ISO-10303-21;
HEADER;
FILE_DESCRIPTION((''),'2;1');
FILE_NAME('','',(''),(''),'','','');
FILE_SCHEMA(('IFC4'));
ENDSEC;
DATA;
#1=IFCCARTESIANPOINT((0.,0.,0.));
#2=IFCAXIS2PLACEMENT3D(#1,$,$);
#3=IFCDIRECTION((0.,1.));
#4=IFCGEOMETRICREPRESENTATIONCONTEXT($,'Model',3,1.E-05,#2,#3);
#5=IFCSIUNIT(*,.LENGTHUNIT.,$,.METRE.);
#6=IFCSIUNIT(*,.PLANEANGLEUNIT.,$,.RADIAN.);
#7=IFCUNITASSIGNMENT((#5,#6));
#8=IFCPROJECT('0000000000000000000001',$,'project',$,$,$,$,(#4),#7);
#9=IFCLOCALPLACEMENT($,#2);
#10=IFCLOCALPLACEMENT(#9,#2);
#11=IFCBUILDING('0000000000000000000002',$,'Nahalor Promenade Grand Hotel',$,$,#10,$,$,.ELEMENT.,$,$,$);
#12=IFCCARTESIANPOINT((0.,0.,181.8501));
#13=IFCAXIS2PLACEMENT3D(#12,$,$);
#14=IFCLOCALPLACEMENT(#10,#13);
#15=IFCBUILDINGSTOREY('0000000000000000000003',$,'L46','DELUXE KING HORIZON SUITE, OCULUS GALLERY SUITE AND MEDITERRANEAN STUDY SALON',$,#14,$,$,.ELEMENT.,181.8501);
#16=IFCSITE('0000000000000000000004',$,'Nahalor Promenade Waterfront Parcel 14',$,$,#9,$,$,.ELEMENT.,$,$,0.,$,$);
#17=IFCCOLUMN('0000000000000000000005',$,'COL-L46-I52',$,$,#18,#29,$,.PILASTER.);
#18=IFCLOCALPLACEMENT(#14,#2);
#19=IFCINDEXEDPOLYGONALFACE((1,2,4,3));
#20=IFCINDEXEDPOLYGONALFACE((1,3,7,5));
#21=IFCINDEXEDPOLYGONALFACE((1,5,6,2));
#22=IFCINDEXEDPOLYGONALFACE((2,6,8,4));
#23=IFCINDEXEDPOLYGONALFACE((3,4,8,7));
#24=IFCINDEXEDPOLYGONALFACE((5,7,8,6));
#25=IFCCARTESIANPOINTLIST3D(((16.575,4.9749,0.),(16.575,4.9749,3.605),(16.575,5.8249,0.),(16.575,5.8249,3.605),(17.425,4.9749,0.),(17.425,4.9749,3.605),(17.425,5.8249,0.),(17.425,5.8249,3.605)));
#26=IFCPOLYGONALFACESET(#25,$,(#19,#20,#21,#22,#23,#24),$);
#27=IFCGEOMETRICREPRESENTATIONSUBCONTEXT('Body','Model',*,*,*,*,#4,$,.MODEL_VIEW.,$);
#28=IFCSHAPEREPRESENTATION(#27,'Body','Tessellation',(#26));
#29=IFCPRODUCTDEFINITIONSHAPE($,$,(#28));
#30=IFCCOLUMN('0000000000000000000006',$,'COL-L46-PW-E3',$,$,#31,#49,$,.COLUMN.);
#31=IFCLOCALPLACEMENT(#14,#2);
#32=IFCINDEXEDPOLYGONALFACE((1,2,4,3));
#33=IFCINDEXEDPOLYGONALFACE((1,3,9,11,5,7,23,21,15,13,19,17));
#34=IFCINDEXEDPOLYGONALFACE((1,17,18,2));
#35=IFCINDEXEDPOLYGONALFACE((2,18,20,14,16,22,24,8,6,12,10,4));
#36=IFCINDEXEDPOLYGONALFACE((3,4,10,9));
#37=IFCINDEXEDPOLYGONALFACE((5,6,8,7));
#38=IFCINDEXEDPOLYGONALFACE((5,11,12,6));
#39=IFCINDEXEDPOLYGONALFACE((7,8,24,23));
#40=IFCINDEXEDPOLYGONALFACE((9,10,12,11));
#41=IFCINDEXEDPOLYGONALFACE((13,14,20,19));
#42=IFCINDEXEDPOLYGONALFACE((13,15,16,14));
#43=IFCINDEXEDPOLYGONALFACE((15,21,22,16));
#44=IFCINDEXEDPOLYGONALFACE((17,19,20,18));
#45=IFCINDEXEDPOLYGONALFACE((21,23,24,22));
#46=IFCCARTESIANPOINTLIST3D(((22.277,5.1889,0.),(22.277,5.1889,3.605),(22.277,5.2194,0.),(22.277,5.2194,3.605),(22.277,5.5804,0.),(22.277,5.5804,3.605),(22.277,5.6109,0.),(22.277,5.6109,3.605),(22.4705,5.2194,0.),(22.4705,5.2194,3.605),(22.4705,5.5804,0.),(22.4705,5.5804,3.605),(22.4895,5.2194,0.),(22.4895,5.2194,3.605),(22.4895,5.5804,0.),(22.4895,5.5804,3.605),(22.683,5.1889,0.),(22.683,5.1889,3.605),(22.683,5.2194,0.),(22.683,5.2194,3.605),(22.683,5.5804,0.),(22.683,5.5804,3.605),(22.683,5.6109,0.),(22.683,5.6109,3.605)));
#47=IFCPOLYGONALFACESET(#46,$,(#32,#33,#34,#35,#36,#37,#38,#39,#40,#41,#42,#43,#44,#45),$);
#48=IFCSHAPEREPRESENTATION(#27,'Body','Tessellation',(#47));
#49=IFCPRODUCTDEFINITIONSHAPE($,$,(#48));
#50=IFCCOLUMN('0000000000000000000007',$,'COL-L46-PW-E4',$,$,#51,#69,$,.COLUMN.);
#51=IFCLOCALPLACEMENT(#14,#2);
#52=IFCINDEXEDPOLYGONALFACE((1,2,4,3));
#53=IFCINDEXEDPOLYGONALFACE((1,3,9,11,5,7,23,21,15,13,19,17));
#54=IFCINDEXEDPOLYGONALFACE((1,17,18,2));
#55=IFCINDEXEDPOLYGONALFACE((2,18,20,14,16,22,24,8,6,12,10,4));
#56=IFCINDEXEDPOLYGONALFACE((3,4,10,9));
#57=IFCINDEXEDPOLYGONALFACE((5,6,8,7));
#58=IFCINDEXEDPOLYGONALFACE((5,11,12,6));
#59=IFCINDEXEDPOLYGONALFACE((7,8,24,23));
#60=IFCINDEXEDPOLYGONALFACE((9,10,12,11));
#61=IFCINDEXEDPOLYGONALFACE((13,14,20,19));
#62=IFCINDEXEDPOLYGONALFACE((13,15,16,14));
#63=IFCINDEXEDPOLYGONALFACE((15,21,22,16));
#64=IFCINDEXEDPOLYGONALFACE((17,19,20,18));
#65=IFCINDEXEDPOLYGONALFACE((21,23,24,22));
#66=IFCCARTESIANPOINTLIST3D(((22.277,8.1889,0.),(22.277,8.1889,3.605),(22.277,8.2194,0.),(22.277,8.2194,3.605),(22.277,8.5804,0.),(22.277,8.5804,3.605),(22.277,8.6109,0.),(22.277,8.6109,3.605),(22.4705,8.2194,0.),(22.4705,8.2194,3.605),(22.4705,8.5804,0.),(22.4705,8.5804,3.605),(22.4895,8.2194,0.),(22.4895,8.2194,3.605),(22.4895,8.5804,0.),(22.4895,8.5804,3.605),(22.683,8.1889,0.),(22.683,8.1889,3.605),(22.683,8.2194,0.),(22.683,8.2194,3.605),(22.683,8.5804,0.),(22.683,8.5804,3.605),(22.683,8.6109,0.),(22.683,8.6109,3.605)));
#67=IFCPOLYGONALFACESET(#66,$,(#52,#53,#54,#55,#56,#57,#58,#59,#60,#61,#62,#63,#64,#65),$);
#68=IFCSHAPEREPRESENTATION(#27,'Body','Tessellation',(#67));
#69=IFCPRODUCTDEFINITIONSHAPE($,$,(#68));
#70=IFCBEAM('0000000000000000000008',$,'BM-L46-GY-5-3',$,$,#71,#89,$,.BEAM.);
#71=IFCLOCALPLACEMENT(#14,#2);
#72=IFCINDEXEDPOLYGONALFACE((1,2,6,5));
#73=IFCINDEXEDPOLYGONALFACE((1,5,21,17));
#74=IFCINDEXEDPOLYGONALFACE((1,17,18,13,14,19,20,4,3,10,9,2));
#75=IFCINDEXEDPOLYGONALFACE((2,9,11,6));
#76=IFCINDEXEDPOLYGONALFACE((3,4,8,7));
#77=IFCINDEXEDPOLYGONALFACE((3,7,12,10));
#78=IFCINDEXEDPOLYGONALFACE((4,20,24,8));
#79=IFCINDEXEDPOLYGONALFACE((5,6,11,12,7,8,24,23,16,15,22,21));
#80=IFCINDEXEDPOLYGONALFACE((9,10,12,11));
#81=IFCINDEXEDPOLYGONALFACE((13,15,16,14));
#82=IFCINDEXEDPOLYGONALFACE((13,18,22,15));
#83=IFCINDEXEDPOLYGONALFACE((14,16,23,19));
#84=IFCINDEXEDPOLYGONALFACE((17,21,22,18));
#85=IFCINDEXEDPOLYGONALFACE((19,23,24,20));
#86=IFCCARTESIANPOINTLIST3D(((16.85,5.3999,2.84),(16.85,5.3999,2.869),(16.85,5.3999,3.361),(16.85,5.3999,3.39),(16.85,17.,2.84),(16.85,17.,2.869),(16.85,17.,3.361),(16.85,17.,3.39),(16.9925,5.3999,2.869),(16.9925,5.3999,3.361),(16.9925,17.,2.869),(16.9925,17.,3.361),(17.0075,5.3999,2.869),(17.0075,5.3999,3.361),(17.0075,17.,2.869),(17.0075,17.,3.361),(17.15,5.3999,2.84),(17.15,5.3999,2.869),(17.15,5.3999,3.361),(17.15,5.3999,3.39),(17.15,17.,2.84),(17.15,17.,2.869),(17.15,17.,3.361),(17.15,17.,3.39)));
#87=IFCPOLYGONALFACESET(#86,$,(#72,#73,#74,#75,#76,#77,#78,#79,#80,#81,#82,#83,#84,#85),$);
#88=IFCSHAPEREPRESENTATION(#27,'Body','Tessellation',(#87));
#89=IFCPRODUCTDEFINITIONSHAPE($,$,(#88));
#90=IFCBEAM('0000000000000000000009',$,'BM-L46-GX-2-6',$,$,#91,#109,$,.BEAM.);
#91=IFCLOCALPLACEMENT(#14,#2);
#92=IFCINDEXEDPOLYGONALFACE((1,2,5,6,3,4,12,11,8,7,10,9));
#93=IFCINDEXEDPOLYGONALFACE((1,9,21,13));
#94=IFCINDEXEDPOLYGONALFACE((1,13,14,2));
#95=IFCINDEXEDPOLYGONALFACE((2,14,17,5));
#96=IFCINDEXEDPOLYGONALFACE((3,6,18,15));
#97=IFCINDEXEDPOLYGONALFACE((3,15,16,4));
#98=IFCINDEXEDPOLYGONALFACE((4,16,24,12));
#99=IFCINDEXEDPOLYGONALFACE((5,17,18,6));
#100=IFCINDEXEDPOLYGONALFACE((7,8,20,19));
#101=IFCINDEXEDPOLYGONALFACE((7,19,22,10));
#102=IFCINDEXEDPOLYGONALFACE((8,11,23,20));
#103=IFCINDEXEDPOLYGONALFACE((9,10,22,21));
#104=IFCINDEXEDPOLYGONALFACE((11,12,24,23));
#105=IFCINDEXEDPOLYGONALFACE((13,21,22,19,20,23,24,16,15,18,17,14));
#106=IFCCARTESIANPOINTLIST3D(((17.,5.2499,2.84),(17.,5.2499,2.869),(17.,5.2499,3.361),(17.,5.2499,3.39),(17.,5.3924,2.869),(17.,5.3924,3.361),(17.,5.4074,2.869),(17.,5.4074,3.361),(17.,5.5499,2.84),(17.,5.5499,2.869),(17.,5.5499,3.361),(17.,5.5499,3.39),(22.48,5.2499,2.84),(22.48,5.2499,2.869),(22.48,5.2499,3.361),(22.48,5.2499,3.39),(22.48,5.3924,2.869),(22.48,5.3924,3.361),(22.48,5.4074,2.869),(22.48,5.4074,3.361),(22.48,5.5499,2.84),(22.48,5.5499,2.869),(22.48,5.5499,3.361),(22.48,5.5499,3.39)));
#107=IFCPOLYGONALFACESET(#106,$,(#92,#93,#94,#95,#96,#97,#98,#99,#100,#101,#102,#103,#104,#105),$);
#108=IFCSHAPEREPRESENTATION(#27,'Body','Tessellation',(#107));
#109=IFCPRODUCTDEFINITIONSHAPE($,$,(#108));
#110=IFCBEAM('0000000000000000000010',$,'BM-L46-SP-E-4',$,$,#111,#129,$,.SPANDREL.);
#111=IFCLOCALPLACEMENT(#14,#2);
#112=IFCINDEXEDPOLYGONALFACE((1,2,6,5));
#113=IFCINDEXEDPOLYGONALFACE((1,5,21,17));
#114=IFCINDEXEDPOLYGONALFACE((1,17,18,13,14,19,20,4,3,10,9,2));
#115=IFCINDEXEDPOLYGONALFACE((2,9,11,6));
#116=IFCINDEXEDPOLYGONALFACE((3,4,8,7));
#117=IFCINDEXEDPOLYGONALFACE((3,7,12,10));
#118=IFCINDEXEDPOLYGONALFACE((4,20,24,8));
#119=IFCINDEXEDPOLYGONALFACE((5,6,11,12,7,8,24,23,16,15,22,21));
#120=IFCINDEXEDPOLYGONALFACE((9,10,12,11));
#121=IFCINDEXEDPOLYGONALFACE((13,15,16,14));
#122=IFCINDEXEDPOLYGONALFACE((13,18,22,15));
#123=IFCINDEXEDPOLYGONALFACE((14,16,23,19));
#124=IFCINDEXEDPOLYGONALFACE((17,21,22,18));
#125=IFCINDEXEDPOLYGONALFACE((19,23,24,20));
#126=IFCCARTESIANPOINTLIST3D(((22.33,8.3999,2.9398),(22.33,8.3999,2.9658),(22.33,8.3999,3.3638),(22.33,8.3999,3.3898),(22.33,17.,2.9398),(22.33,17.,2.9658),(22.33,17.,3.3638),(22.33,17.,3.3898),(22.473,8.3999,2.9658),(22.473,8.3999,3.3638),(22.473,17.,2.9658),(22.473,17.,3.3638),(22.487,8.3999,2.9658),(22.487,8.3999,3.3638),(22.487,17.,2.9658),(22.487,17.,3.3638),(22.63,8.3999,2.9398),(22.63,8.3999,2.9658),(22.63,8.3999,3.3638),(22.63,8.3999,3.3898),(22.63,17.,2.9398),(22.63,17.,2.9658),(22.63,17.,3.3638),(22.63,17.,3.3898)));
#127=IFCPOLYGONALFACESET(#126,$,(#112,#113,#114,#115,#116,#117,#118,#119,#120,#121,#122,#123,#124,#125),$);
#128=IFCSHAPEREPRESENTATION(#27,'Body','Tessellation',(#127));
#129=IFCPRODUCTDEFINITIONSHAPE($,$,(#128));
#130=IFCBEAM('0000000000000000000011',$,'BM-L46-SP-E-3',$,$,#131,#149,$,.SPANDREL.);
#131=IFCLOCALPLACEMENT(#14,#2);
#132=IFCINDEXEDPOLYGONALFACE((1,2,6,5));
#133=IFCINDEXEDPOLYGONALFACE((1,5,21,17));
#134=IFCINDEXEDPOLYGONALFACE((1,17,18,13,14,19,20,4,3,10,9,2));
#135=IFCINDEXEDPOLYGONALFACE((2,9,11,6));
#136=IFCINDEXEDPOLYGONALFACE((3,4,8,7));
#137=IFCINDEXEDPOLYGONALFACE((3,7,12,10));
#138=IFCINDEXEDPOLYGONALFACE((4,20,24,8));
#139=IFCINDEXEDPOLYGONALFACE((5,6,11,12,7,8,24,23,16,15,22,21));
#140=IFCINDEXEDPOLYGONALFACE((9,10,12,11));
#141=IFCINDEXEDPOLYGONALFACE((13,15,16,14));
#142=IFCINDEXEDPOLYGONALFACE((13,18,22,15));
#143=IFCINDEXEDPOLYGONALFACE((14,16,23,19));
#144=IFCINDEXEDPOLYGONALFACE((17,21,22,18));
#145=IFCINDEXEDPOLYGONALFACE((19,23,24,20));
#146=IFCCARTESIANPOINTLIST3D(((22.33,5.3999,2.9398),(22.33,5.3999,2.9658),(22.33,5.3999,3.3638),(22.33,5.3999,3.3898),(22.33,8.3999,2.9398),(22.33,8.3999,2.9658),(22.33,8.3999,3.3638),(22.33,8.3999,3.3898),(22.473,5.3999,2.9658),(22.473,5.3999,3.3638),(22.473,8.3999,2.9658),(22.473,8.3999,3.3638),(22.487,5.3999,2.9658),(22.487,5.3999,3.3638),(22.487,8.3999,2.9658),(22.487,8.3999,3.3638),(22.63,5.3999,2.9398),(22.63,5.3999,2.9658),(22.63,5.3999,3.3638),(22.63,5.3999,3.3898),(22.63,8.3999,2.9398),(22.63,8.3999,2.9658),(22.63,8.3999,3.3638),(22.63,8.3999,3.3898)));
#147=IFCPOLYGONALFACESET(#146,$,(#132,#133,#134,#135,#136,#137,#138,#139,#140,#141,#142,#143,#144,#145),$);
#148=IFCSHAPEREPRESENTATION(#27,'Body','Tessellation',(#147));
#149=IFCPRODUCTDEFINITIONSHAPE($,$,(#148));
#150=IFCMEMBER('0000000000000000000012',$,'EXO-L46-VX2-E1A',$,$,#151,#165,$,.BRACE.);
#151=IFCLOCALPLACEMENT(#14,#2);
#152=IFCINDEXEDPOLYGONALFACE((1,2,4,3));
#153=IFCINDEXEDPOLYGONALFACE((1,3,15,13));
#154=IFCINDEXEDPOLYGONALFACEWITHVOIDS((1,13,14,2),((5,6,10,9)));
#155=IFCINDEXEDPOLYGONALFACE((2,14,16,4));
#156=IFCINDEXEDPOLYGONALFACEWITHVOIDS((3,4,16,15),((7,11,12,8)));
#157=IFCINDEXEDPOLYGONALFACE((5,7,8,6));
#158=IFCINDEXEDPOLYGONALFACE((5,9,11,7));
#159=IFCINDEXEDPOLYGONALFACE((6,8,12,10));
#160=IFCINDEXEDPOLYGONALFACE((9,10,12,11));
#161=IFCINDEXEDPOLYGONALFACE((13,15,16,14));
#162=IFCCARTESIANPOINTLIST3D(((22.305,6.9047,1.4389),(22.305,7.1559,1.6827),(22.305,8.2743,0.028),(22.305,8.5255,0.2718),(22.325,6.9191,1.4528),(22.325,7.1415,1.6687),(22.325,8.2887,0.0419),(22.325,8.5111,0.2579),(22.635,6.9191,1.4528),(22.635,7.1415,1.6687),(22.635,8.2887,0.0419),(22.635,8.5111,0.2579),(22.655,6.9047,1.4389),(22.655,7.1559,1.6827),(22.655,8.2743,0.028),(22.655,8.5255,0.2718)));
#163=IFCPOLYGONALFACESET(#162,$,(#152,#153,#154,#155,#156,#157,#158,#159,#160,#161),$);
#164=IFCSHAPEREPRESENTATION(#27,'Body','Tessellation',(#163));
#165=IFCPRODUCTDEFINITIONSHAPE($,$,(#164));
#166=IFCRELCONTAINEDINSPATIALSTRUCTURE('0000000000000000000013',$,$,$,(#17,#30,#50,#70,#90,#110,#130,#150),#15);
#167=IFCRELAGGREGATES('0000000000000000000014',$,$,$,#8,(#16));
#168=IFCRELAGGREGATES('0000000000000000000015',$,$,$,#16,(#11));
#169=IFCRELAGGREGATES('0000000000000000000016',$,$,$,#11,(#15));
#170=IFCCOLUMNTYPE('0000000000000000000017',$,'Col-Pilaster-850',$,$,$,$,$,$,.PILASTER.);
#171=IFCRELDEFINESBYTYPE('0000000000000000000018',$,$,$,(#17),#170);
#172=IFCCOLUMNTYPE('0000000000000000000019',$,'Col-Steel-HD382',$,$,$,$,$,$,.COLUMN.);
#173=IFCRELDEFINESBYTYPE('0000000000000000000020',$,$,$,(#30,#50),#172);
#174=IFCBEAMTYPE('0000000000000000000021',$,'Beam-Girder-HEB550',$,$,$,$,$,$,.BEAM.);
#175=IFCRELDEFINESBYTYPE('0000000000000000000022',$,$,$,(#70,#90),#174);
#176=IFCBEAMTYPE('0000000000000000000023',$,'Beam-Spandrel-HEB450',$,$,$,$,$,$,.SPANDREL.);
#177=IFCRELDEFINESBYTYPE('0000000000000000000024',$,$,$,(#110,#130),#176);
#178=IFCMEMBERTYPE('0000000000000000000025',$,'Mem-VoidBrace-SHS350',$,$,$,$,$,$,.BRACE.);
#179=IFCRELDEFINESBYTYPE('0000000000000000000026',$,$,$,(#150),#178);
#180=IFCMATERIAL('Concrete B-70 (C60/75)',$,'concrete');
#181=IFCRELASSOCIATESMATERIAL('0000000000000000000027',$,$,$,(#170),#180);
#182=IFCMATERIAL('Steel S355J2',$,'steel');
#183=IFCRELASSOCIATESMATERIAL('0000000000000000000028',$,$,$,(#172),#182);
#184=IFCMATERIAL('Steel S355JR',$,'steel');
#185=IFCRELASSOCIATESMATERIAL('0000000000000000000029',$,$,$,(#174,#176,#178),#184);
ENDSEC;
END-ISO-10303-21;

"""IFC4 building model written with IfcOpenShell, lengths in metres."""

from ifc_helpers import new_model, si_unit, direction, frame, origin, origin_2d, place, context, subcontext, project, spatial, rectangle, hollow_rectangle, i_section, extrude, source, transform, mapped, material, material_profile, profile_set, type_object, element, save


model = new_model("IFC4")

# Units and contexts
model_context = context("Model", 3, precision=1e-05, world=origin(), true_north=direction((0.0, 1.0)))
body_context = subcontext(model_context, "Body", "Model", "MODEL_VIEW")
ifc_project = project(units=[si_unit("LENGTHUNIT", "METRE"), si_unit("PLANEANGLEUNIT", "RADIAN")], contexts=[model_context])

# Site, building, storey
site_placement = place(None, origin())
site = spatial("IfcSite", under=ifc_project, at=site_placement, Name="Nahalor Promenade Waterfront Parcel 14", CompositionType="ELEMENT", RefElevation=0.0)
building_placement = place(site_placement, origin())
building = spatial("IfcBuilding", under=site, at=building_placement, Name="Nahalor Promenade Grand Hotel", CompositionType="ELEMENT")
storey_placement = place(building_placement, frame((0.0, 0.0, 181.8501)))
storey = spatial("IfcBuildingStorey", under=building, at=storey_placement, Name="L46", Description="DELUXE KING HORIZON SUITE, OCULUS GALLERY SUITE AND MEDITERRANEAN STUDY SALON", CompositionType="ELEMENT", Elevation=181.8501)

# Columns
ifc_material_1 = material(Name="Concrete B-70 (C60/75)", Category="concrete")
ifc_material_profile_1 = material_profile(ifc_material_1, rectangle(XDim=0.85, YDim=0.85, at=origin_2d()), Name="RC 850x850")
ifc_profile_set_1 = profile_set([ifc_material_profile_1], Name="Concrete B-70 (C60/75)")
column_type_1 = type_object("IfcColumnType", Name="Col-Pilaster-850", PredefinedType="PILASTER", material=ifc_profile_set_1)
shared_shape_1 = source(origin(), body_context, "Body", "SweptSolid", [
    extrude(rectangle(XDim=0.85, YDim=0.85, at=origin_2d()), origin(), (0.0, 0.0, 1.0), 3.605),
])
column_placement = place(storey_placement, frame((17.0, 5.3999, 0.0), z_axis=(0.0, 0.0, 1.0), x_axis=(1.0, 0.0, 0.0)))
element("IfcColumn", 1, at=column_placement, inside=storey, type_object=column_type_1, Name="COL-L46-I52", PredefinedType="PILASTER", context=body_context, shape_type="MappedRepresentation", body=[
    mapped(shared_shape_1, transform((0.0, 0.0, 0.0), scale=1.0)),
])
ifc_material_2 = material(Name="Steel S355J2", Category="steel")
ifc_material_profile_2 = material_profile(ifc_material_2, i_section(OverallWidth=0.406, OverallDepth=0.422, WebThickness=0.019, FlangeThickness=0.0305, at=origin_2d()), Name="HD 400x382")
ifc_profile_set_2 = profile_set([ifc_material_profile_2], Name="Steel S355J2")
column_type_2 = type_object("IfcColumnType", Name="Col-Steel-HD382", PredefinedType="COLUMN", material=ifc_profile_set_2)
shared_shape_2 = source(origin(), body_context, "Body", "SweptSolid", [
    extrude(i_section(OverallWidth=0.406, OverallDepth=0.422, WebThickness=0.019, FlangeThickness=0.0305, at=origin_2d()), origin(), (0.0, 0.0, 1.0), 3.605),
])
for number, where, z_axis, x_axis, name in (
    (2, (22.48, 5.3999, 0.0), (0.0, 0.0, 1.0), (1.0, 0.0, 0.0), "COL-L46-PW-E3"),
    (3, (22.48, 8.3999, 0.0), (0.0, 0.0, 1.0), (1.0, 0.0, 0.0), "COL-L46-PW-E4"),
):
    element("IfcColumn", number, at=place(storey_placement, frame(where, z_axis=z_axis, x_axis=x_axis)), inside=storey, type_object=column_type_2, Name=name, PredefinedType="COLUMN", context=body_context, shape_type="MappedRepresentation", body=[
        mapped(shared_shape_2, transform((0.0, 0.0, 0.0), scale=1.0)),
    ])

# Beams
ifc_material_3 = material(Name="Steel S355JR", Category="steel")
ifc_material_profile_3 = material_profile(ifc_material_3, i_section(OverallWidth=0.3, OverallDepth=0.55, WebThickness=0.015, FlangeThickness=0.029, at=origin_2d()), Name="HEB 550")
ifc_profile_set_3 = profile_set([ifc_material_profile_3], Name="Steel S355JR")
beam_type_1 = type_object("IfcBeamType", Name="Beam-Girder-HEB550", PredefinedType="BEAM", material=ifc_profile_set_3)
shared_shape_3 = source(origin(), body_context, "Body", "SweptSolid", [
    extrude(i_section(OverallWidth=0.3, OverallDepth=0.55, WebThickness=0.015, FlangeThickness=0.029, at=origin_2d()), origin(), (0.0, 0.0, 1.0), 11.6001),
])
beam_1_placement = place(storey_placement, frame((17.0, 5.3999, 3.115), z_axis=(0.0, 1.0, 0.0), x_axis=(-1.0, 0.0, 0.0)))
element("IfcBeam", 4, at=beam_1_placement, inside=storey, type_object=beam_type_1, Name="BM-L46-GY-5-3", PredefinedType="BEAM", context=body_context, shape_type="MappedRepresentation", body=[
    mapped(shared_shape_3, transform((0.0, 0.0, 0.0), scale=1.0)),
])
shared_shape_4 = source(origin(), body_context, "Body", "SweptSolid", [
    extrude(i_section(OverallWidth=0.3, OverallDepth=0.55, WebThickness=0.015, FlangeThickness=0.029, at=origin_2d()), origin(), (0.0, 0.0, 1.0), 5.48),
])
beam_2_placement = place(storey_placement, frame((17.0, 5.3999, 3.115), z_axis=(1.0, 0.0, 0.0), x_axis=(0.0, 1.0, 0.0)))
element("IfcBeam", 5, at=beam_2_placement, inside=storey, type_object=beam_type_1, Name="BM-L46-GX-2-6", PredefinedType="BEAM", context=body_context, shape_type="MappedRepresentation", body=[
    mapped(shared_shape_4, transform((0.0, 0.0, 0.0), scale=1.0)),
])
ifc_material_profile_4 = material_profile(ifc_material_3, i_section(OverallWidth=0.3, OverallDepth=0.45, WebThickness=0.014, FlangeThickness=0.026, at=origin_2d()), Name="HEB 450")
ifc_profile_set_4 = profile_set([ifc_material_profile_4], Name="Steel S355JR")
beam_type_2 = type_object("IfcBeamType", Name="Beam-Spandrel-HEB450", PredefinedType="SPANDREL", material=ifc_profile_set_4)
shared_shape_5 = source(origin(), body_context, "Body", "SweptSolid", [
    extrude(i_section(OverallWidth=0.3, OverallDepth=0.45, WebThickness=0.014, FlangeThickness=0.026, at=origin_2d()), origin(), (0.0, 0.0, 1.0), 8.6001),
])
beam_3_placement = place(storey_placement, frame((22.48, 8.3999, 3.1648), z_axis=(0.0, 1.0, 0.0), x_axis=(-1.0, 0.0, 0.0)))
element("IfcBeam", 6, at=beam_3_placement, inside=storey, type_object=beam_type_2, Name="BM-L46-SP-E-4", PredefinedType="SPANDREL", context=body_context, shape_type="MappedRepresentation", body=[
    mapped(shared_shape_5, transform((0.0, 0.0, 0.0), scale=1.0)),
])
shared_shape_6 = source(origin(), body_context, "Body", "SweptSolid", [
    extrude(i_section(OverallWidth=0.3, OverallDepth=0.45, WebThickness=0.014, FlangeThickness=0.026, at=origin_2d()), origin(), (0.0, 0.0, 1.0), 3.0),
])
beam_4_placement = place(storey_placement, frame((22.48, 5.3999, 3.1648), z_axis=(0.0, 1.0, 0.0), x_axis=(-1.0, 0.0, 0.0)))
element("IfcBeam", 7, at=beam_4_placement, inside=storey, type_object=beam_type_2, Name="BM-L46-SP-E-3", PredefinedType="SPANDREL", context=body_context, shape_type="MappedRepresentation", body=[
    mapped(shared_shape_6, transform((0.0, 0.0, 0.0), scale=1.0)),
])

# Member
ifc_material_profile_5 = material_profile(ifc_material_3, hollow_rectangle(XDim=0.35, YDim=0.35, WallThickness=0.02, at=origin_2d()), Name="SHS 350x350x20")
ifc_profile_set_5 = profile_set([ifc_material_profile_5], Name="Steel S355JR")
member_type_1 = type_object("IfcMemberType", Name="Mem-VoidBrace-SHS350", PredefinedType="BRACE", material=ifc_profile_set_5)
shared_shape_7 = source(origin(), body_context, "Body", "SweptSolid", [
    extrude(hollow_rectangle(XDim=0.35, YDim=0.35, WallThickness=0.02, at=origin_2d()), origin(), (0.0, 0.0, 1.0), 1.9663),
])
member_1_placement = place(storey_placement, frame((22.48, 8.3999, 0.1499), z_axis=(0.0, -0.696537, 0.71752), x_axis=(1.0, 0.0, 0.0)))
element("IfcMember", 8, at=member_1_placement, inside=storey, type_object=member_type_1, Name="EXO-L46-VX2-E1A", PredefinedType="BRACE", context=body_context, shape_type="MappedRepresentation", body=[
    mapped(shared_shape_7, transform((0.0, 0.0, 0.0), scale=1.0)),
])

save(model, "model.ifc")
